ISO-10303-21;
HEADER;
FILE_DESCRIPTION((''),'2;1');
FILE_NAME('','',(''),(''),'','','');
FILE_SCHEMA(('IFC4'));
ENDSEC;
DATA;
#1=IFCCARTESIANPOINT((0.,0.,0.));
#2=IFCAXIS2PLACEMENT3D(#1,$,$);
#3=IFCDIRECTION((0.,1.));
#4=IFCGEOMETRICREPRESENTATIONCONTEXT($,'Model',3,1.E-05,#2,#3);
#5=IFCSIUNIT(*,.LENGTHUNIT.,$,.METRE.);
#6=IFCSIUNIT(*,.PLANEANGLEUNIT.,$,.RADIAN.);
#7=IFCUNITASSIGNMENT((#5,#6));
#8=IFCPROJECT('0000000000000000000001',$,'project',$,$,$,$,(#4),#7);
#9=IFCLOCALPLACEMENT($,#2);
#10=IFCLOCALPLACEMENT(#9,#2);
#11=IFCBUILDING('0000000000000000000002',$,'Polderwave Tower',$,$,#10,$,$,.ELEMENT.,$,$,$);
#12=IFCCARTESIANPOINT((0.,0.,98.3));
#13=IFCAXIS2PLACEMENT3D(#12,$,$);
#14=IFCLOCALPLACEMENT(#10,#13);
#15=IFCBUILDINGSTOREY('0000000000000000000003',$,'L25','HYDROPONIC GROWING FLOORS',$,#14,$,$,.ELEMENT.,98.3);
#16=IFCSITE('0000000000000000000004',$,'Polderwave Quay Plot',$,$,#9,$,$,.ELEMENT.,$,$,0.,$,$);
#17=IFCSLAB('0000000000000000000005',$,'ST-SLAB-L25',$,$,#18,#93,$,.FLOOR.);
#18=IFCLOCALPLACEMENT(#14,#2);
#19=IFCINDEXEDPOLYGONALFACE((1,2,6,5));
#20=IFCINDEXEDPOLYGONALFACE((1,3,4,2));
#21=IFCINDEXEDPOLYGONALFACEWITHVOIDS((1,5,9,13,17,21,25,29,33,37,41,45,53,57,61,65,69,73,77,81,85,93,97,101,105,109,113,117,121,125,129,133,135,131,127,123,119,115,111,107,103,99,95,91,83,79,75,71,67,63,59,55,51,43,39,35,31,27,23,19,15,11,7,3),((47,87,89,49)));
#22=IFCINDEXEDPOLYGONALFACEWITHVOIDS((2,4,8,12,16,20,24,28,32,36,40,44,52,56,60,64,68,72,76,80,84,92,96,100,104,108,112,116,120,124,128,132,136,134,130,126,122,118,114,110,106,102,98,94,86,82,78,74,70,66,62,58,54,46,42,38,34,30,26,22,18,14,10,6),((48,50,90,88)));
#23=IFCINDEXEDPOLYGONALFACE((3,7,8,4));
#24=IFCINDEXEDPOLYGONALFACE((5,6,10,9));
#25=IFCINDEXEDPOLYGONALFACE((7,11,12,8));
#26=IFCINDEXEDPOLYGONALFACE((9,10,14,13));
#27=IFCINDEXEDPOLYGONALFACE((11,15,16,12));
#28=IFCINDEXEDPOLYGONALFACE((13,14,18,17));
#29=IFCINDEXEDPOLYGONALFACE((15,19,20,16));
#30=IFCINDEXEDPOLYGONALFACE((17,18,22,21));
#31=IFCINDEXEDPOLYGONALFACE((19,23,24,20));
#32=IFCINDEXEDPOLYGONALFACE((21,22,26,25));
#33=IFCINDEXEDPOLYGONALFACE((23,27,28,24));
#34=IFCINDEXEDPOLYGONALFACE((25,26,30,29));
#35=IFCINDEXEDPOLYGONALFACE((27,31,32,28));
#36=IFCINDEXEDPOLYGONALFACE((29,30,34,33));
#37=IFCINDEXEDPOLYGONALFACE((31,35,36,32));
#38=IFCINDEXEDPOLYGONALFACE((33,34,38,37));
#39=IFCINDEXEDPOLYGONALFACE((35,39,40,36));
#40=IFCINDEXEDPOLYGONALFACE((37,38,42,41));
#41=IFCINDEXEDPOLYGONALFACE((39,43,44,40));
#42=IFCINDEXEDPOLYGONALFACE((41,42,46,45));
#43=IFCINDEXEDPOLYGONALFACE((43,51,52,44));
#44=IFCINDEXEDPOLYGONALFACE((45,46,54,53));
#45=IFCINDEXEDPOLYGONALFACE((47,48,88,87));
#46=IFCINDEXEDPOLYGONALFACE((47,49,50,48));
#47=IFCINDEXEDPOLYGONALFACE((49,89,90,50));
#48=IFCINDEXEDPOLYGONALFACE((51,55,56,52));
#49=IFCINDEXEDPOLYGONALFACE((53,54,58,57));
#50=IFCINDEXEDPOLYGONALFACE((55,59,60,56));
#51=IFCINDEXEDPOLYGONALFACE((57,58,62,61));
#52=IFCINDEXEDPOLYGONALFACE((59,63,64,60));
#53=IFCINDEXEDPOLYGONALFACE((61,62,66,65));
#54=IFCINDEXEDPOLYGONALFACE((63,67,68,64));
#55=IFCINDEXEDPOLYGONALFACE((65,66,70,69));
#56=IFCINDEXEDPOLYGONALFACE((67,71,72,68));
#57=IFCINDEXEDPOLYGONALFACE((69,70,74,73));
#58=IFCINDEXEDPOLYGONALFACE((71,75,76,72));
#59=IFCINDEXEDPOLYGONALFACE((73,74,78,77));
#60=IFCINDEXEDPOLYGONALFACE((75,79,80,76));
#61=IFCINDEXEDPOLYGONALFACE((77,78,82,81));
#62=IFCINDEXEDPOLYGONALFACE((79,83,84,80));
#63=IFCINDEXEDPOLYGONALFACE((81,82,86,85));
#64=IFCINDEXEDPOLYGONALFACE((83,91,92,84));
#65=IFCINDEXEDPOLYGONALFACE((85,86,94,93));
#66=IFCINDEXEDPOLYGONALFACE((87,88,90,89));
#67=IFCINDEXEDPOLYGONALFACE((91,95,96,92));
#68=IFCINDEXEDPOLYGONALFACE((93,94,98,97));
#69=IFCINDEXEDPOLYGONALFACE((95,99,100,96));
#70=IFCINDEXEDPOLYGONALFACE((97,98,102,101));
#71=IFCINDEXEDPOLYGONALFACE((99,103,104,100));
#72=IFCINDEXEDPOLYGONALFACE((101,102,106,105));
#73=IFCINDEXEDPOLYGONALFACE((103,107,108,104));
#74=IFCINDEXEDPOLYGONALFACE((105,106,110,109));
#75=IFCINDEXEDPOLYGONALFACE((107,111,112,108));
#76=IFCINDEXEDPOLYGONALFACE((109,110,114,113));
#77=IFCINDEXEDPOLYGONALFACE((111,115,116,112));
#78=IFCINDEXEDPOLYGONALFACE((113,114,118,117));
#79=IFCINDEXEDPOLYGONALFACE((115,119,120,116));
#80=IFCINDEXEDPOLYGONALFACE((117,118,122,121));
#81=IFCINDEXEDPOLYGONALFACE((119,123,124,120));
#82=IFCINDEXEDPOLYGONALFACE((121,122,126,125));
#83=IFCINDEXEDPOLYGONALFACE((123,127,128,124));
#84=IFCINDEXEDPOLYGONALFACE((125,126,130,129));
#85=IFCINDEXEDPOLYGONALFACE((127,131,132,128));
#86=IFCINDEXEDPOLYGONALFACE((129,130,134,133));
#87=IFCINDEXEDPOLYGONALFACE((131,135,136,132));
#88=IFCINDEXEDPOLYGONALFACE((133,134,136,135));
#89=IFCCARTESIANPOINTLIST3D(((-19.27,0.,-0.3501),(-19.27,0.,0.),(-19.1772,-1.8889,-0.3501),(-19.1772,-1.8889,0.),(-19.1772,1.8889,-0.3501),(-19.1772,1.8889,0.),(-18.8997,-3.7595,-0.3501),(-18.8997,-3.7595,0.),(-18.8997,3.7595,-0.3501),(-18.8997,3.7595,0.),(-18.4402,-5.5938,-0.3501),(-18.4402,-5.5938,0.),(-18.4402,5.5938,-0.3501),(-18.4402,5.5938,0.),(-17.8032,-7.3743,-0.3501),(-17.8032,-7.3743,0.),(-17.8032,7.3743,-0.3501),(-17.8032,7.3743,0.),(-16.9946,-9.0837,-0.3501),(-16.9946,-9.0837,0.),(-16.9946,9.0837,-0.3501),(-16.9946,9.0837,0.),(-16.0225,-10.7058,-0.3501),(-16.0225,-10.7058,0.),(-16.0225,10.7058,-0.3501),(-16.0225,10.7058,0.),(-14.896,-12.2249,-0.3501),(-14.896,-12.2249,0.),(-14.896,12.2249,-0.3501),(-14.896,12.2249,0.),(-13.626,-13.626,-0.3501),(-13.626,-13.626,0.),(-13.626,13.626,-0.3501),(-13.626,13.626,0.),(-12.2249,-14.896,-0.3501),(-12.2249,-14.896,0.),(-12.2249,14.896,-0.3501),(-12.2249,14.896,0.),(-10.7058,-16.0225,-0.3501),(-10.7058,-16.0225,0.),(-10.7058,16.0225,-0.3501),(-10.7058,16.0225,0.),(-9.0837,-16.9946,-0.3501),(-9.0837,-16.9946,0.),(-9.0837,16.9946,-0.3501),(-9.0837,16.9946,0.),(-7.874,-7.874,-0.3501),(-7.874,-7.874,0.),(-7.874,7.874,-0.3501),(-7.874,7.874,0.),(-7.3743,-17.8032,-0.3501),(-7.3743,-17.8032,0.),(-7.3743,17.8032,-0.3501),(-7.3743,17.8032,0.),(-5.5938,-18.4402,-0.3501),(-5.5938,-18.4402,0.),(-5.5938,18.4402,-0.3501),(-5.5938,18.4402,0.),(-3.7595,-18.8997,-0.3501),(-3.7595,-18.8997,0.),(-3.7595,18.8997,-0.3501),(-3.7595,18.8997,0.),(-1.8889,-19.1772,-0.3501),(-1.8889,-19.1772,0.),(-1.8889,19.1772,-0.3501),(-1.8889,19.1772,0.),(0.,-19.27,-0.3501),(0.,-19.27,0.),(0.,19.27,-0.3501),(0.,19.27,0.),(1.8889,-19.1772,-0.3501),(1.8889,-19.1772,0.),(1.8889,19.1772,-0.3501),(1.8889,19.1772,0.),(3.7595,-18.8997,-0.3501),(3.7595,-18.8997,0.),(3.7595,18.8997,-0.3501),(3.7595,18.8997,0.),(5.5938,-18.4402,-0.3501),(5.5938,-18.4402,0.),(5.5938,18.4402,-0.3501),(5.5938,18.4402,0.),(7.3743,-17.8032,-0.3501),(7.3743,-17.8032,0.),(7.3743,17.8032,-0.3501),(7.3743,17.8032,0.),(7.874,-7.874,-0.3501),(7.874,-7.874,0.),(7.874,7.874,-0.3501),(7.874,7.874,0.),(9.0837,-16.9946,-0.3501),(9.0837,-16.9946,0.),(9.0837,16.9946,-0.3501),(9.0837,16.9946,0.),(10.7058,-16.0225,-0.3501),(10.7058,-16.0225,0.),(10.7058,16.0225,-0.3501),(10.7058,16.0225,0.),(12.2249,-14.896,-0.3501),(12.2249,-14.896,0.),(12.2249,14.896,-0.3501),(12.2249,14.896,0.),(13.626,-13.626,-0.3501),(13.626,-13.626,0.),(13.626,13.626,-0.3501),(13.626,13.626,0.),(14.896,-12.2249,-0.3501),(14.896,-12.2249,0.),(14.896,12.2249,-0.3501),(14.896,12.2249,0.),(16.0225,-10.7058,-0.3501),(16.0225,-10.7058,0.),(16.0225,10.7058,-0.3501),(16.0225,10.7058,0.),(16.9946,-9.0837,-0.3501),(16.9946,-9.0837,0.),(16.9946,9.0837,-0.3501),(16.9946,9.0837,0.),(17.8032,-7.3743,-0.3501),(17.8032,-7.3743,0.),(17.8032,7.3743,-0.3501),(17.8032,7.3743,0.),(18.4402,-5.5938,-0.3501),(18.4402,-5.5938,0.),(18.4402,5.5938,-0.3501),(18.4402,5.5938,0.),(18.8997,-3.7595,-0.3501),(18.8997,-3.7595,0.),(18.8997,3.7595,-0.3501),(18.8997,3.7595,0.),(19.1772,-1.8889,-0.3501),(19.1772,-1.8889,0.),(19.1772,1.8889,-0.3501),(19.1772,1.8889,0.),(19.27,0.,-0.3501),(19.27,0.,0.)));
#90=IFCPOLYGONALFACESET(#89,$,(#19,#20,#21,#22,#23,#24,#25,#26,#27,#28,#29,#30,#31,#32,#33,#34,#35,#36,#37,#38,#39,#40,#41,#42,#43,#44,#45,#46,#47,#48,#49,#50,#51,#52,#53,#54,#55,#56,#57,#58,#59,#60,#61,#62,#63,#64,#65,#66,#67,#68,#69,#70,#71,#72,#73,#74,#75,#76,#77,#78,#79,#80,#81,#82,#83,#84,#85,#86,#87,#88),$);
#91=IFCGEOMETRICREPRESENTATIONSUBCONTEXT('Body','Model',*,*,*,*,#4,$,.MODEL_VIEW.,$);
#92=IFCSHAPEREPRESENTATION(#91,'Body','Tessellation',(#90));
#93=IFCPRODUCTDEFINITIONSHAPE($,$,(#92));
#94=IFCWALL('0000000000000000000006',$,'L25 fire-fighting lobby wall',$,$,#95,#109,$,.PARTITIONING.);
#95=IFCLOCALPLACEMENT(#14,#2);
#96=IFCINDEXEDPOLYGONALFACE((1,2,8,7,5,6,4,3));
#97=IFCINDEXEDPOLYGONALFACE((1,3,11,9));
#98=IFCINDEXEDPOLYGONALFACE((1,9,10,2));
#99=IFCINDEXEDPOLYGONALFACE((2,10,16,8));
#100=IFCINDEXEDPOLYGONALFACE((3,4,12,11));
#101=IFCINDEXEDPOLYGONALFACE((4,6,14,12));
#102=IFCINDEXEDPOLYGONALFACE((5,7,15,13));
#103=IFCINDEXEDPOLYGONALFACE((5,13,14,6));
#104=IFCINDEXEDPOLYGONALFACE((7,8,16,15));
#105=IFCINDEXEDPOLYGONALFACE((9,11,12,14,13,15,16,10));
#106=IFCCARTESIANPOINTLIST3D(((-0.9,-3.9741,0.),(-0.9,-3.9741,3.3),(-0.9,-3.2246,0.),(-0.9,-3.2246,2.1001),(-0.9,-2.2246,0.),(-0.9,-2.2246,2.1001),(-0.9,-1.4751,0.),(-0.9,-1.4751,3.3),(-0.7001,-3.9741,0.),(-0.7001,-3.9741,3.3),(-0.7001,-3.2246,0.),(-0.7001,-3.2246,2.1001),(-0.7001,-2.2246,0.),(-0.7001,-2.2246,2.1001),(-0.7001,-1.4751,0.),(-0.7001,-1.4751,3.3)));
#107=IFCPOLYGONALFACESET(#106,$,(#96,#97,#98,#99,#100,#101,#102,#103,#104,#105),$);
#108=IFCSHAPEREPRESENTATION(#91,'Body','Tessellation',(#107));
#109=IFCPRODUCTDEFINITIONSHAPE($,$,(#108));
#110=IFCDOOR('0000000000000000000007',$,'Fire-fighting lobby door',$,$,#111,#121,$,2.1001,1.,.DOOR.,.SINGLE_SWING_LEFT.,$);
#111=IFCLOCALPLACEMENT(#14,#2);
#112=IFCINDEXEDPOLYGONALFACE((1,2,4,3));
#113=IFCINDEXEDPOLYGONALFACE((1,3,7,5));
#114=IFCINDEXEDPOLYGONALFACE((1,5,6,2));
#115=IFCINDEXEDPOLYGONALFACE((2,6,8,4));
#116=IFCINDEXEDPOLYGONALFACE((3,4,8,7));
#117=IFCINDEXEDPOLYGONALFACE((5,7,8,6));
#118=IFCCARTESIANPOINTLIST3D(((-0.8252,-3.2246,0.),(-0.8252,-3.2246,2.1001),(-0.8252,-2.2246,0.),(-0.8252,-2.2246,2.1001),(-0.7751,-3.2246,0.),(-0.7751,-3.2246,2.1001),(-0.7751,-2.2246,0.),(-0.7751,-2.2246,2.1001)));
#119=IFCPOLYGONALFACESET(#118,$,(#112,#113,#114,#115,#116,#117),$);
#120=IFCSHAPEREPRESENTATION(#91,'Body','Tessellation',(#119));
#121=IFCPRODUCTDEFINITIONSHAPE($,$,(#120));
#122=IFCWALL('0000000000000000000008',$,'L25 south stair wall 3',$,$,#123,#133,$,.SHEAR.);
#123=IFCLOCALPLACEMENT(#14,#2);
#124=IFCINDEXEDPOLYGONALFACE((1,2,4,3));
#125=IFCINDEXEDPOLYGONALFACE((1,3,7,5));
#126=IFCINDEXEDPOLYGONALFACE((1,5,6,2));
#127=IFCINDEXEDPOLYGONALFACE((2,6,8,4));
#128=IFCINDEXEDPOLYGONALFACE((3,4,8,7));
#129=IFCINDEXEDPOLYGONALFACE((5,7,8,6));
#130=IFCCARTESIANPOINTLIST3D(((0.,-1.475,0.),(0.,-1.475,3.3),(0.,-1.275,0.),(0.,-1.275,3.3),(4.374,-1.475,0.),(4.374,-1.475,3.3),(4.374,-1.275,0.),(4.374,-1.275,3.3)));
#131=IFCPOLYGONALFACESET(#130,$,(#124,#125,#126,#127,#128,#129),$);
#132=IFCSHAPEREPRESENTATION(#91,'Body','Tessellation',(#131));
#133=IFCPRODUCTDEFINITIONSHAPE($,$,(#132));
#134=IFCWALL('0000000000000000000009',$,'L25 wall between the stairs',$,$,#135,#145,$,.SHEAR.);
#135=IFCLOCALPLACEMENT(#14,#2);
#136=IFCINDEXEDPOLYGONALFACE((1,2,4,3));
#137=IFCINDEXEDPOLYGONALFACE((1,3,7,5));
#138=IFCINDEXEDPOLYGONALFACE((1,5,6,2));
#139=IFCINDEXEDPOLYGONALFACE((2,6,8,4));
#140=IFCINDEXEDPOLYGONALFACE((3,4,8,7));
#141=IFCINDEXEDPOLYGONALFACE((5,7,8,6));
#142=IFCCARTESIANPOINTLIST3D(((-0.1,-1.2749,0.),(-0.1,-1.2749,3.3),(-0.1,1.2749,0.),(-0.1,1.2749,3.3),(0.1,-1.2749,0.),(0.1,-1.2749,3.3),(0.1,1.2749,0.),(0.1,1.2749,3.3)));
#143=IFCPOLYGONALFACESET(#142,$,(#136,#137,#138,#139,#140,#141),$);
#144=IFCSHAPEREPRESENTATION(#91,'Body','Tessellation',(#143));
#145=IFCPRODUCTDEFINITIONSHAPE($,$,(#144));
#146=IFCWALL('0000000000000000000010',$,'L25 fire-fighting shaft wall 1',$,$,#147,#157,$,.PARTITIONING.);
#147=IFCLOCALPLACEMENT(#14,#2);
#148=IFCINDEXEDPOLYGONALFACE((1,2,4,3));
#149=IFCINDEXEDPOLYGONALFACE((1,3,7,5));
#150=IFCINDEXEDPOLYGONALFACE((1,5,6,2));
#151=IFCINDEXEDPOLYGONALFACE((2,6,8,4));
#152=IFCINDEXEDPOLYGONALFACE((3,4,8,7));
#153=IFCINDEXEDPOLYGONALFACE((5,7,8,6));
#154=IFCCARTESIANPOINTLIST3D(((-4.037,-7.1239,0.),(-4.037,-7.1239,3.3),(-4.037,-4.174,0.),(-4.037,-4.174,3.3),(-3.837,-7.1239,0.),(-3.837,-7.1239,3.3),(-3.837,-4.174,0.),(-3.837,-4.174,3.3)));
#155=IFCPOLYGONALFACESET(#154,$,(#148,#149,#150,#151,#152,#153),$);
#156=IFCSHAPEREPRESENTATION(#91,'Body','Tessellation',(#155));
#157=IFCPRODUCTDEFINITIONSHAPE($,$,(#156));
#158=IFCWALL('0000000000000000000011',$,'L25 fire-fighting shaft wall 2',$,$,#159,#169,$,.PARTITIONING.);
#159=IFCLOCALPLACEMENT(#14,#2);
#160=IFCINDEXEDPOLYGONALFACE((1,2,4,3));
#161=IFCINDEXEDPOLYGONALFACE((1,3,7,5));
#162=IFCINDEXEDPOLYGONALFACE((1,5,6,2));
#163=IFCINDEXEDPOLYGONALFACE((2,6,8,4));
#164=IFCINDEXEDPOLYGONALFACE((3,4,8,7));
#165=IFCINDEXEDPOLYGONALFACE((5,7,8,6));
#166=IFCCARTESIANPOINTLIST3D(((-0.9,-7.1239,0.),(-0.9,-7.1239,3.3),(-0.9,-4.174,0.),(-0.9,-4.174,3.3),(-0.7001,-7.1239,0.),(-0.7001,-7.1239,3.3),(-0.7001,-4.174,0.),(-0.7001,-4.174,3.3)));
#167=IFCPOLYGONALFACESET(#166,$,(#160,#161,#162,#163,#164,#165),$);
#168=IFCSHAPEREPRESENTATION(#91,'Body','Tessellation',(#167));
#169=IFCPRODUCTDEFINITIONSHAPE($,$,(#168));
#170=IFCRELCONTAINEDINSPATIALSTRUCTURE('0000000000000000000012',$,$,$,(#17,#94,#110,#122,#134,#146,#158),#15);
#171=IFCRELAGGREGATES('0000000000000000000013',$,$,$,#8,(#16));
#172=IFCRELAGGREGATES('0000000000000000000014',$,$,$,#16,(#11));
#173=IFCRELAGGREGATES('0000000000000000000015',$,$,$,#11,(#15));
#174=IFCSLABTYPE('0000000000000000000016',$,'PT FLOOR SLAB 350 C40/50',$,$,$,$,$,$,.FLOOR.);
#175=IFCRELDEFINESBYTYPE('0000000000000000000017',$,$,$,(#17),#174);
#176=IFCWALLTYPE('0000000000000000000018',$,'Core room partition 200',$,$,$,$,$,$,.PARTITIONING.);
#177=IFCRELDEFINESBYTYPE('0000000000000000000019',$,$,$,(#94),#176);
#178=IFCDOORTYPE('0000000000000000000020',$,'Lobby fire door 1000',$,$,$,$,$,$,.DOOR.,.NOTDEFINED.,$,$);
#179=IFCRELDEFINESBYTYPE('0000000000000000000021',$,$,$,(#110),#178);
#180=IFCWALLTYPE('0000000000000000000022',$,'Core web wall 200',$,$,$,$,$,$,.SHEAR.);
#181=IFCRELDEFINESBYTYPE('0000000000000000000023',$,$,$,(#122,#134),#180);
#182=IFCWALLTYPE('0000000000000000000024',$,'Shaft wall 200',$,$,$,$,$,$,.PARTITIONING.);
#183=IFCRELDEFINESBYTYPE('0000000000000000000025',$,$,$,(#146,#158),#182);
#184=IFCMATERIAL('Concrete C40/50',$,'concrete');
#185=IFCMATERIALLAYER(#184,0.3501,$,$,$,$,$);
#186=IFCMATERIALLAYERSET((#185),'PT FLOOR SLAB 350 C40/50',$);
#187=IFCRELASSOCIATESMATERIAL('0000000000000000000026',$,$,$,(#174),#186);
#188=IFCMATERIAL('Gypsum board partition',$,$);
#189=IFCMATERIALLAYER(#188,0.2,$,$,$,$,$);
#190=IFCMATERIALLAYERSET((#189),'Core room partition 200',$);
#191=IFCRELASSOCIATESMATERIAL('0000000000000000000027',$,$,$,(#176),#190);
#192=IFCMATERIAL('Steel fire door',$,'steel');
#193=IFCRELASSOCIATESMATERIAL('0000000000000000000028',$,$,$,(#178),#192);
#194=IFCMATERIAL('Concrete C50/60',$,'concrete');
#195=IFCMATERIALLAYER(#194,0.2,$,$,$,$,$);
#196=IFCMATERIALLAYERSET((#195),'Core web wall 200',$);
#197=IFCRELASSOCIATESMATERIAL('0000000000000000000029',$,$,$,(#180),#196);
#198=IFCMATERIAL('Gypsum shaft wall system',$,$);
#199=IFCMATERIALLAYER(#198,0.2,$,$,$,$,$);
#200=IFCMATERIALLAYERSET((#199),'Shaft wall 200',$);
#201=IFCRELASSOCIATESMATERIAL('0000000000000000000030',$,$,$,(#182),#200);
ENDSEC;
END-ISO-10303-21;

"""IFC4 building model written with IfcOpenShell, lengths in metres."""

from ifc_helpers import new_model, si_unit, direction, frame, frame_2d, origin, place, context, subcontext, project, spatial, polyline, rectangle, outline, extrude, material, layer, layer_set, type_object, element, fill, save


model = new_model("IFC4")

# Units and contexts
model_context = context("Model", 3, precision=1e-05, world=origin(), true_north=direction((0.0, 1.0)))
body_context = subcontext(model_context, "Body", "Model", "MODEL_VIEW")
ifc_project = project(units=[si_unit("LENGTHUNIT", "METRE"), si_unit("PLANEANGLEUNIT", "RADIAN")], contexts=[model_context])

# Site, building, storey
site_placement = place(None, origin())
site = spatial("IfcSite", under=ifc_project, at=site_placement, Name="Polderwave Quay Plot", CompositionType="ELEMENT", RefElevation=0.0)
building_placement = place(site_placement, origin())
building = spatial("IfcBuilding", under=site, at=building_placement, Name="Polderwave Tower", CompositionType="ELEMENT")
storey_placement = place(building_placement, frame((0.0, 0.0, 98.3)))
storey = spatial("IfcBuildingStorey", under=building, at=storey_placement, Name="L25", Description="HYDROPONIC GROWING FLOORS", CompositionType="ELEMENT", Elevation=98.3)

# Slab
ifc_material_1 = material(Name="Concrete C40/50", Category="concrete")
ifc_layer_1 = layer(ifc_material_1, 0.3501)
ifc_layer_set_1 = layer_set([ifc_layer_1], Name="PT FLOOR SLAB 350 C40/50")
slab_type = type_object("IfcSlabType", Name="PT FLOOR SLAB 350 C40/50", PredefinedType="FLOOR", material=ifc_layer_set_1)
slab_placement = place(storey_placement, frame((0.0, 0.0, -0.3501)))
element("IfcSlab", 1, at=slab_placement, inside=storey, type_object=slab_type, Name="ST-SLAB-L25", PredefinedType="FLOOR", context=body_context, shape_type="SweptSolid", body=[
    extrude(outline(polyline([(19.27, 0.0), (19.1772, 1.8889), (18.8997, 3.7595), (18.4402, 5.5938), (17.8032, 7.3743), (16.9946, 9.0837), (16.0225, 10.7058), (14.896, 12.2249), (13.626, 13.626), (12.2249, 14.896), (10.7058, 16.0225), (9.0837, 16.9946), (7.3743, 17.8032), (5.5938, 18.4402), (3.7595, 18.8997), (1.8889, 19.1772), (0.0, 19.27), (-1.8889, 19.1772), (-3.7595, 18.8997), (-5.5938, 18.4402), (-7.3743, 17.8032), (-9.0837, 16.9946), (-10.7058, 16.0225), (-12.2249, 14.896), (-13.626, 13.626), (-14.896, 12.2249), (-16.0225, 10.7058), (-16.9946, 9.0837), (-17.8032, 7.3743), (-18.4402, 5.5938), (-18.8997, 3.7595), (-19.1772, 1.8889), (-19.27, 0.0), (-19.1772, -1.8889), (-18.8997, -3.7595), (-18.4402, -5.5938), (-17.8032, -7.3743), (-16.9946, -9.0837), (-16.0225, -10.7058), (-14.896, -12.2249), (-13.626, -13.626), (-12.2249, -14.896), (-10.7058, -16.0225), (-9.0837, -16.9946), (-7.3743, -17.8032), (-5.5938, -18.4402), (-3.7595, -18.8997), (-1.8889, -19.1772), (0.0, -19.27), (1.8889, -19.1772), (3.7595, -18.8997), (5.5938, -18.4402), (7.3743, -17.8032), (9.0837, -16.9946), (10.7058, -16.0225), (12.2249, -14.896), (13.626, -13.626), (14.896, -12.2249), (16.0225, -10.7058), (16.9946, -9.0837), (17.8032, -7.3743), (18.4402, -5.5938), (18.8997, -3.7595), (19.1772, -1.8889), (19.27, 0.0)]), holes=[polyline([(-7.874, -7.874), (7.874, -7.874), (7.874, 7.874), (-7.874, 7.874), (-7.874, -7.874)])]), origin(), (0.0, 0.0, 1.0), 0.3501),
])

# Wall, opening, door
ifc_material_2 = material(Name="Gypsum board partition")
ifc_layer_2 = layer(ifc_material_2, 0.2)
ifc_layer_set_2 = layer_set([ifc_layer_2], Name="Core room partition 200")
wall_type_1 = type_object("IfcWallType", Name="Core room partition 200", PredefinedType="PARTITIONING", material=ifc_layer_set_2)
wall_1_placement = place(storey_placement, frame((-0.8, -3.9741, 0.0), z_axis=(0.0, 0.0, 1.0), x_axis=(0.0, 1.0, 0.0)))
wall_1 = element("IfcWall", 2, at=wall_1_placement, inside=storey, type_object=wall_type_1, Name="L25 fire-fighting lobby wall", PredefinedType="PARTITIONING", context=body_context, shape_type="SweptSolid", body=[
    extrude(rectangle(XDim=2.499, YDim=0.2, at=frame_2d((1.2495, 0.0))), origin(), (0.0, 0.0, 1.0), 3.3),
])
opening_placement = place(wall_1_placement, frame((0.7495, 0.0, 0.0)))
opening = element("IfcOpeningElement", 3, at=opening_placement, cuts=wall_1, PredefinedType="OPENING", context=body_context, shape_type="SweptSolid", body=[
    extrude(rectangle(XDim=1.0, YDim=2.1001, at=frame_2d((0.5, 1.05))), frame((0.0, 0.1099, 0.0), z_axis=(0.0, -1.0, 0.0), x_axis=(1.0, 0.0, 0.0)), (0.0, 0.0, 1.0), 0.22),
])
ifc_material_3 = material(Name="Steel fire door", Category="steel")
door_type = type_object("IfcDoorType", Name="Lobby fire door 1000", OperationType="NOTDEFINED", PredefinedType="DOOR", material=ifc_material_3)
door_placement = place(opening_placement, frame((1.0, 0.0, 0.0), z_axis=(0.0, 0.0, 1.0), x_axis=(-1.0, 0.0, 0.0)))
door = element("IfcDoor", 4, at=door_placement, inside=storey, type_object=door_type, Name="Fire-fighting lobby door", OperationType="SINGLE_SWING_LEFT", OverallHeight=2.1001, OverallWidth=1.0, PredefinedType="DOOR", context=body_context, shape_type="SweptSolid", body=[
    extrude(rectangle(XDim=1.0, YDim=2.1001, at=frame_2d((0.5, 1.05))), frame((0.0, 0.0249, 0.0), z_axis=(0.0, -1.0, 0.0), x_axis=(1.0, 0.0, 0.0)), (0.0, 0.0, 1.0), 0.05),
])
fill(opening, door)

# Walls
ifc_material_4 = material(Name="Concrete C50/60", Category="concrete")
ifc_layer_3 = layer(ifc_material_4, 0.2)
ifc_layer_set_3 = layer_set([ifc_layer_3], Name="Core web wall 200")
wall_type_2 = type_object("IfcWallType", Name="Core web wall 200", PredefinedType="SHEAR", material=ifc_layer_set_3)
wall_2_placement = place(storey_placement, frame((0.0, -1.375, 0.0), z_axis=(0.0, 0.0, 1.0), x_axis=(1.0, 0.0, 0.0)))
element("IfcWall", 5, at=wall_2_placement, inside=storey, type_object=wall_type_2, Name="L25 south stair wall 3", PredefinedType="SHEAR", context=body_context, shape_type="SweptSolid", body=[
    extrude(rectangle(XDim=4.374, YDim=0.2, at=frame_2d((2.187, 0.0))), origin(), (0.0, 0.0, 1.0), 3.3),
])
wall_3_placement = place(storey_placement, frame((0.0, -1.2749, 0.0), z_axis=(0.0, 0.0, 1.0), x_axis=(0.0, 1.0, 0.0)))
element("IfcWall", 6, at=wall_3_placement, inside=storey, type_object=wall_type_2, Name="L25 wall between the stairs", PredefinedType="SHEAR", context=body_context, shape_type="SweptSolid", body=[
    extrude(rectangle(XDim=2.5498, YDim=0.2, at=frame_2d((1.2749, 0.0))), origin(), (0.0, 0.0, 1.0), 3.3),
])
ifc_material_5 = material(Name="Gypsum shaft wall system")
ifc_layer_4 = layer(ifc_material_5, 0.2)
ifc_layer_set_4 = layer_set([ifc_layer_4], Name="Shaft wall 200")
wall_type_3 = type_object("IfcWallType", Name="Shaft wall 200", PredefinedType="PARTITIONING", material=ifc_layer_set_4)
for number, where, z_axis, x_axis, name in (
    (7, (-3.937, -7.124, 0.0), (0.0, 0.0, 1.0), (0.0, 1.0, 0.0), "L25 fire-fighting shaft wall 1"),
    (8, (-0.8, -7.124, 0.0), (0.0, 0.0, 1.0), (0.0, 1.0, 0.0), "L25 fire-fighting shaft wall 2"),
):
    element("IfcWall", number, at=place(storey_placement, frame(where, z_axis=z_axis, x_axis=x_axis)), inside=storey, type_object=wall_type_3, Name=name, PredefinedType="PARTITIONING", context=body_context, shape_type="SweptSolid", body=[
        extrude(rectangle(XDim=2.95, YDim=0.2, at=frame_2d((1.4751, 0.0))), origin(), (0.0, 0.0, 1.0), 3.3),
    ])

save(model, "model.ifc")
